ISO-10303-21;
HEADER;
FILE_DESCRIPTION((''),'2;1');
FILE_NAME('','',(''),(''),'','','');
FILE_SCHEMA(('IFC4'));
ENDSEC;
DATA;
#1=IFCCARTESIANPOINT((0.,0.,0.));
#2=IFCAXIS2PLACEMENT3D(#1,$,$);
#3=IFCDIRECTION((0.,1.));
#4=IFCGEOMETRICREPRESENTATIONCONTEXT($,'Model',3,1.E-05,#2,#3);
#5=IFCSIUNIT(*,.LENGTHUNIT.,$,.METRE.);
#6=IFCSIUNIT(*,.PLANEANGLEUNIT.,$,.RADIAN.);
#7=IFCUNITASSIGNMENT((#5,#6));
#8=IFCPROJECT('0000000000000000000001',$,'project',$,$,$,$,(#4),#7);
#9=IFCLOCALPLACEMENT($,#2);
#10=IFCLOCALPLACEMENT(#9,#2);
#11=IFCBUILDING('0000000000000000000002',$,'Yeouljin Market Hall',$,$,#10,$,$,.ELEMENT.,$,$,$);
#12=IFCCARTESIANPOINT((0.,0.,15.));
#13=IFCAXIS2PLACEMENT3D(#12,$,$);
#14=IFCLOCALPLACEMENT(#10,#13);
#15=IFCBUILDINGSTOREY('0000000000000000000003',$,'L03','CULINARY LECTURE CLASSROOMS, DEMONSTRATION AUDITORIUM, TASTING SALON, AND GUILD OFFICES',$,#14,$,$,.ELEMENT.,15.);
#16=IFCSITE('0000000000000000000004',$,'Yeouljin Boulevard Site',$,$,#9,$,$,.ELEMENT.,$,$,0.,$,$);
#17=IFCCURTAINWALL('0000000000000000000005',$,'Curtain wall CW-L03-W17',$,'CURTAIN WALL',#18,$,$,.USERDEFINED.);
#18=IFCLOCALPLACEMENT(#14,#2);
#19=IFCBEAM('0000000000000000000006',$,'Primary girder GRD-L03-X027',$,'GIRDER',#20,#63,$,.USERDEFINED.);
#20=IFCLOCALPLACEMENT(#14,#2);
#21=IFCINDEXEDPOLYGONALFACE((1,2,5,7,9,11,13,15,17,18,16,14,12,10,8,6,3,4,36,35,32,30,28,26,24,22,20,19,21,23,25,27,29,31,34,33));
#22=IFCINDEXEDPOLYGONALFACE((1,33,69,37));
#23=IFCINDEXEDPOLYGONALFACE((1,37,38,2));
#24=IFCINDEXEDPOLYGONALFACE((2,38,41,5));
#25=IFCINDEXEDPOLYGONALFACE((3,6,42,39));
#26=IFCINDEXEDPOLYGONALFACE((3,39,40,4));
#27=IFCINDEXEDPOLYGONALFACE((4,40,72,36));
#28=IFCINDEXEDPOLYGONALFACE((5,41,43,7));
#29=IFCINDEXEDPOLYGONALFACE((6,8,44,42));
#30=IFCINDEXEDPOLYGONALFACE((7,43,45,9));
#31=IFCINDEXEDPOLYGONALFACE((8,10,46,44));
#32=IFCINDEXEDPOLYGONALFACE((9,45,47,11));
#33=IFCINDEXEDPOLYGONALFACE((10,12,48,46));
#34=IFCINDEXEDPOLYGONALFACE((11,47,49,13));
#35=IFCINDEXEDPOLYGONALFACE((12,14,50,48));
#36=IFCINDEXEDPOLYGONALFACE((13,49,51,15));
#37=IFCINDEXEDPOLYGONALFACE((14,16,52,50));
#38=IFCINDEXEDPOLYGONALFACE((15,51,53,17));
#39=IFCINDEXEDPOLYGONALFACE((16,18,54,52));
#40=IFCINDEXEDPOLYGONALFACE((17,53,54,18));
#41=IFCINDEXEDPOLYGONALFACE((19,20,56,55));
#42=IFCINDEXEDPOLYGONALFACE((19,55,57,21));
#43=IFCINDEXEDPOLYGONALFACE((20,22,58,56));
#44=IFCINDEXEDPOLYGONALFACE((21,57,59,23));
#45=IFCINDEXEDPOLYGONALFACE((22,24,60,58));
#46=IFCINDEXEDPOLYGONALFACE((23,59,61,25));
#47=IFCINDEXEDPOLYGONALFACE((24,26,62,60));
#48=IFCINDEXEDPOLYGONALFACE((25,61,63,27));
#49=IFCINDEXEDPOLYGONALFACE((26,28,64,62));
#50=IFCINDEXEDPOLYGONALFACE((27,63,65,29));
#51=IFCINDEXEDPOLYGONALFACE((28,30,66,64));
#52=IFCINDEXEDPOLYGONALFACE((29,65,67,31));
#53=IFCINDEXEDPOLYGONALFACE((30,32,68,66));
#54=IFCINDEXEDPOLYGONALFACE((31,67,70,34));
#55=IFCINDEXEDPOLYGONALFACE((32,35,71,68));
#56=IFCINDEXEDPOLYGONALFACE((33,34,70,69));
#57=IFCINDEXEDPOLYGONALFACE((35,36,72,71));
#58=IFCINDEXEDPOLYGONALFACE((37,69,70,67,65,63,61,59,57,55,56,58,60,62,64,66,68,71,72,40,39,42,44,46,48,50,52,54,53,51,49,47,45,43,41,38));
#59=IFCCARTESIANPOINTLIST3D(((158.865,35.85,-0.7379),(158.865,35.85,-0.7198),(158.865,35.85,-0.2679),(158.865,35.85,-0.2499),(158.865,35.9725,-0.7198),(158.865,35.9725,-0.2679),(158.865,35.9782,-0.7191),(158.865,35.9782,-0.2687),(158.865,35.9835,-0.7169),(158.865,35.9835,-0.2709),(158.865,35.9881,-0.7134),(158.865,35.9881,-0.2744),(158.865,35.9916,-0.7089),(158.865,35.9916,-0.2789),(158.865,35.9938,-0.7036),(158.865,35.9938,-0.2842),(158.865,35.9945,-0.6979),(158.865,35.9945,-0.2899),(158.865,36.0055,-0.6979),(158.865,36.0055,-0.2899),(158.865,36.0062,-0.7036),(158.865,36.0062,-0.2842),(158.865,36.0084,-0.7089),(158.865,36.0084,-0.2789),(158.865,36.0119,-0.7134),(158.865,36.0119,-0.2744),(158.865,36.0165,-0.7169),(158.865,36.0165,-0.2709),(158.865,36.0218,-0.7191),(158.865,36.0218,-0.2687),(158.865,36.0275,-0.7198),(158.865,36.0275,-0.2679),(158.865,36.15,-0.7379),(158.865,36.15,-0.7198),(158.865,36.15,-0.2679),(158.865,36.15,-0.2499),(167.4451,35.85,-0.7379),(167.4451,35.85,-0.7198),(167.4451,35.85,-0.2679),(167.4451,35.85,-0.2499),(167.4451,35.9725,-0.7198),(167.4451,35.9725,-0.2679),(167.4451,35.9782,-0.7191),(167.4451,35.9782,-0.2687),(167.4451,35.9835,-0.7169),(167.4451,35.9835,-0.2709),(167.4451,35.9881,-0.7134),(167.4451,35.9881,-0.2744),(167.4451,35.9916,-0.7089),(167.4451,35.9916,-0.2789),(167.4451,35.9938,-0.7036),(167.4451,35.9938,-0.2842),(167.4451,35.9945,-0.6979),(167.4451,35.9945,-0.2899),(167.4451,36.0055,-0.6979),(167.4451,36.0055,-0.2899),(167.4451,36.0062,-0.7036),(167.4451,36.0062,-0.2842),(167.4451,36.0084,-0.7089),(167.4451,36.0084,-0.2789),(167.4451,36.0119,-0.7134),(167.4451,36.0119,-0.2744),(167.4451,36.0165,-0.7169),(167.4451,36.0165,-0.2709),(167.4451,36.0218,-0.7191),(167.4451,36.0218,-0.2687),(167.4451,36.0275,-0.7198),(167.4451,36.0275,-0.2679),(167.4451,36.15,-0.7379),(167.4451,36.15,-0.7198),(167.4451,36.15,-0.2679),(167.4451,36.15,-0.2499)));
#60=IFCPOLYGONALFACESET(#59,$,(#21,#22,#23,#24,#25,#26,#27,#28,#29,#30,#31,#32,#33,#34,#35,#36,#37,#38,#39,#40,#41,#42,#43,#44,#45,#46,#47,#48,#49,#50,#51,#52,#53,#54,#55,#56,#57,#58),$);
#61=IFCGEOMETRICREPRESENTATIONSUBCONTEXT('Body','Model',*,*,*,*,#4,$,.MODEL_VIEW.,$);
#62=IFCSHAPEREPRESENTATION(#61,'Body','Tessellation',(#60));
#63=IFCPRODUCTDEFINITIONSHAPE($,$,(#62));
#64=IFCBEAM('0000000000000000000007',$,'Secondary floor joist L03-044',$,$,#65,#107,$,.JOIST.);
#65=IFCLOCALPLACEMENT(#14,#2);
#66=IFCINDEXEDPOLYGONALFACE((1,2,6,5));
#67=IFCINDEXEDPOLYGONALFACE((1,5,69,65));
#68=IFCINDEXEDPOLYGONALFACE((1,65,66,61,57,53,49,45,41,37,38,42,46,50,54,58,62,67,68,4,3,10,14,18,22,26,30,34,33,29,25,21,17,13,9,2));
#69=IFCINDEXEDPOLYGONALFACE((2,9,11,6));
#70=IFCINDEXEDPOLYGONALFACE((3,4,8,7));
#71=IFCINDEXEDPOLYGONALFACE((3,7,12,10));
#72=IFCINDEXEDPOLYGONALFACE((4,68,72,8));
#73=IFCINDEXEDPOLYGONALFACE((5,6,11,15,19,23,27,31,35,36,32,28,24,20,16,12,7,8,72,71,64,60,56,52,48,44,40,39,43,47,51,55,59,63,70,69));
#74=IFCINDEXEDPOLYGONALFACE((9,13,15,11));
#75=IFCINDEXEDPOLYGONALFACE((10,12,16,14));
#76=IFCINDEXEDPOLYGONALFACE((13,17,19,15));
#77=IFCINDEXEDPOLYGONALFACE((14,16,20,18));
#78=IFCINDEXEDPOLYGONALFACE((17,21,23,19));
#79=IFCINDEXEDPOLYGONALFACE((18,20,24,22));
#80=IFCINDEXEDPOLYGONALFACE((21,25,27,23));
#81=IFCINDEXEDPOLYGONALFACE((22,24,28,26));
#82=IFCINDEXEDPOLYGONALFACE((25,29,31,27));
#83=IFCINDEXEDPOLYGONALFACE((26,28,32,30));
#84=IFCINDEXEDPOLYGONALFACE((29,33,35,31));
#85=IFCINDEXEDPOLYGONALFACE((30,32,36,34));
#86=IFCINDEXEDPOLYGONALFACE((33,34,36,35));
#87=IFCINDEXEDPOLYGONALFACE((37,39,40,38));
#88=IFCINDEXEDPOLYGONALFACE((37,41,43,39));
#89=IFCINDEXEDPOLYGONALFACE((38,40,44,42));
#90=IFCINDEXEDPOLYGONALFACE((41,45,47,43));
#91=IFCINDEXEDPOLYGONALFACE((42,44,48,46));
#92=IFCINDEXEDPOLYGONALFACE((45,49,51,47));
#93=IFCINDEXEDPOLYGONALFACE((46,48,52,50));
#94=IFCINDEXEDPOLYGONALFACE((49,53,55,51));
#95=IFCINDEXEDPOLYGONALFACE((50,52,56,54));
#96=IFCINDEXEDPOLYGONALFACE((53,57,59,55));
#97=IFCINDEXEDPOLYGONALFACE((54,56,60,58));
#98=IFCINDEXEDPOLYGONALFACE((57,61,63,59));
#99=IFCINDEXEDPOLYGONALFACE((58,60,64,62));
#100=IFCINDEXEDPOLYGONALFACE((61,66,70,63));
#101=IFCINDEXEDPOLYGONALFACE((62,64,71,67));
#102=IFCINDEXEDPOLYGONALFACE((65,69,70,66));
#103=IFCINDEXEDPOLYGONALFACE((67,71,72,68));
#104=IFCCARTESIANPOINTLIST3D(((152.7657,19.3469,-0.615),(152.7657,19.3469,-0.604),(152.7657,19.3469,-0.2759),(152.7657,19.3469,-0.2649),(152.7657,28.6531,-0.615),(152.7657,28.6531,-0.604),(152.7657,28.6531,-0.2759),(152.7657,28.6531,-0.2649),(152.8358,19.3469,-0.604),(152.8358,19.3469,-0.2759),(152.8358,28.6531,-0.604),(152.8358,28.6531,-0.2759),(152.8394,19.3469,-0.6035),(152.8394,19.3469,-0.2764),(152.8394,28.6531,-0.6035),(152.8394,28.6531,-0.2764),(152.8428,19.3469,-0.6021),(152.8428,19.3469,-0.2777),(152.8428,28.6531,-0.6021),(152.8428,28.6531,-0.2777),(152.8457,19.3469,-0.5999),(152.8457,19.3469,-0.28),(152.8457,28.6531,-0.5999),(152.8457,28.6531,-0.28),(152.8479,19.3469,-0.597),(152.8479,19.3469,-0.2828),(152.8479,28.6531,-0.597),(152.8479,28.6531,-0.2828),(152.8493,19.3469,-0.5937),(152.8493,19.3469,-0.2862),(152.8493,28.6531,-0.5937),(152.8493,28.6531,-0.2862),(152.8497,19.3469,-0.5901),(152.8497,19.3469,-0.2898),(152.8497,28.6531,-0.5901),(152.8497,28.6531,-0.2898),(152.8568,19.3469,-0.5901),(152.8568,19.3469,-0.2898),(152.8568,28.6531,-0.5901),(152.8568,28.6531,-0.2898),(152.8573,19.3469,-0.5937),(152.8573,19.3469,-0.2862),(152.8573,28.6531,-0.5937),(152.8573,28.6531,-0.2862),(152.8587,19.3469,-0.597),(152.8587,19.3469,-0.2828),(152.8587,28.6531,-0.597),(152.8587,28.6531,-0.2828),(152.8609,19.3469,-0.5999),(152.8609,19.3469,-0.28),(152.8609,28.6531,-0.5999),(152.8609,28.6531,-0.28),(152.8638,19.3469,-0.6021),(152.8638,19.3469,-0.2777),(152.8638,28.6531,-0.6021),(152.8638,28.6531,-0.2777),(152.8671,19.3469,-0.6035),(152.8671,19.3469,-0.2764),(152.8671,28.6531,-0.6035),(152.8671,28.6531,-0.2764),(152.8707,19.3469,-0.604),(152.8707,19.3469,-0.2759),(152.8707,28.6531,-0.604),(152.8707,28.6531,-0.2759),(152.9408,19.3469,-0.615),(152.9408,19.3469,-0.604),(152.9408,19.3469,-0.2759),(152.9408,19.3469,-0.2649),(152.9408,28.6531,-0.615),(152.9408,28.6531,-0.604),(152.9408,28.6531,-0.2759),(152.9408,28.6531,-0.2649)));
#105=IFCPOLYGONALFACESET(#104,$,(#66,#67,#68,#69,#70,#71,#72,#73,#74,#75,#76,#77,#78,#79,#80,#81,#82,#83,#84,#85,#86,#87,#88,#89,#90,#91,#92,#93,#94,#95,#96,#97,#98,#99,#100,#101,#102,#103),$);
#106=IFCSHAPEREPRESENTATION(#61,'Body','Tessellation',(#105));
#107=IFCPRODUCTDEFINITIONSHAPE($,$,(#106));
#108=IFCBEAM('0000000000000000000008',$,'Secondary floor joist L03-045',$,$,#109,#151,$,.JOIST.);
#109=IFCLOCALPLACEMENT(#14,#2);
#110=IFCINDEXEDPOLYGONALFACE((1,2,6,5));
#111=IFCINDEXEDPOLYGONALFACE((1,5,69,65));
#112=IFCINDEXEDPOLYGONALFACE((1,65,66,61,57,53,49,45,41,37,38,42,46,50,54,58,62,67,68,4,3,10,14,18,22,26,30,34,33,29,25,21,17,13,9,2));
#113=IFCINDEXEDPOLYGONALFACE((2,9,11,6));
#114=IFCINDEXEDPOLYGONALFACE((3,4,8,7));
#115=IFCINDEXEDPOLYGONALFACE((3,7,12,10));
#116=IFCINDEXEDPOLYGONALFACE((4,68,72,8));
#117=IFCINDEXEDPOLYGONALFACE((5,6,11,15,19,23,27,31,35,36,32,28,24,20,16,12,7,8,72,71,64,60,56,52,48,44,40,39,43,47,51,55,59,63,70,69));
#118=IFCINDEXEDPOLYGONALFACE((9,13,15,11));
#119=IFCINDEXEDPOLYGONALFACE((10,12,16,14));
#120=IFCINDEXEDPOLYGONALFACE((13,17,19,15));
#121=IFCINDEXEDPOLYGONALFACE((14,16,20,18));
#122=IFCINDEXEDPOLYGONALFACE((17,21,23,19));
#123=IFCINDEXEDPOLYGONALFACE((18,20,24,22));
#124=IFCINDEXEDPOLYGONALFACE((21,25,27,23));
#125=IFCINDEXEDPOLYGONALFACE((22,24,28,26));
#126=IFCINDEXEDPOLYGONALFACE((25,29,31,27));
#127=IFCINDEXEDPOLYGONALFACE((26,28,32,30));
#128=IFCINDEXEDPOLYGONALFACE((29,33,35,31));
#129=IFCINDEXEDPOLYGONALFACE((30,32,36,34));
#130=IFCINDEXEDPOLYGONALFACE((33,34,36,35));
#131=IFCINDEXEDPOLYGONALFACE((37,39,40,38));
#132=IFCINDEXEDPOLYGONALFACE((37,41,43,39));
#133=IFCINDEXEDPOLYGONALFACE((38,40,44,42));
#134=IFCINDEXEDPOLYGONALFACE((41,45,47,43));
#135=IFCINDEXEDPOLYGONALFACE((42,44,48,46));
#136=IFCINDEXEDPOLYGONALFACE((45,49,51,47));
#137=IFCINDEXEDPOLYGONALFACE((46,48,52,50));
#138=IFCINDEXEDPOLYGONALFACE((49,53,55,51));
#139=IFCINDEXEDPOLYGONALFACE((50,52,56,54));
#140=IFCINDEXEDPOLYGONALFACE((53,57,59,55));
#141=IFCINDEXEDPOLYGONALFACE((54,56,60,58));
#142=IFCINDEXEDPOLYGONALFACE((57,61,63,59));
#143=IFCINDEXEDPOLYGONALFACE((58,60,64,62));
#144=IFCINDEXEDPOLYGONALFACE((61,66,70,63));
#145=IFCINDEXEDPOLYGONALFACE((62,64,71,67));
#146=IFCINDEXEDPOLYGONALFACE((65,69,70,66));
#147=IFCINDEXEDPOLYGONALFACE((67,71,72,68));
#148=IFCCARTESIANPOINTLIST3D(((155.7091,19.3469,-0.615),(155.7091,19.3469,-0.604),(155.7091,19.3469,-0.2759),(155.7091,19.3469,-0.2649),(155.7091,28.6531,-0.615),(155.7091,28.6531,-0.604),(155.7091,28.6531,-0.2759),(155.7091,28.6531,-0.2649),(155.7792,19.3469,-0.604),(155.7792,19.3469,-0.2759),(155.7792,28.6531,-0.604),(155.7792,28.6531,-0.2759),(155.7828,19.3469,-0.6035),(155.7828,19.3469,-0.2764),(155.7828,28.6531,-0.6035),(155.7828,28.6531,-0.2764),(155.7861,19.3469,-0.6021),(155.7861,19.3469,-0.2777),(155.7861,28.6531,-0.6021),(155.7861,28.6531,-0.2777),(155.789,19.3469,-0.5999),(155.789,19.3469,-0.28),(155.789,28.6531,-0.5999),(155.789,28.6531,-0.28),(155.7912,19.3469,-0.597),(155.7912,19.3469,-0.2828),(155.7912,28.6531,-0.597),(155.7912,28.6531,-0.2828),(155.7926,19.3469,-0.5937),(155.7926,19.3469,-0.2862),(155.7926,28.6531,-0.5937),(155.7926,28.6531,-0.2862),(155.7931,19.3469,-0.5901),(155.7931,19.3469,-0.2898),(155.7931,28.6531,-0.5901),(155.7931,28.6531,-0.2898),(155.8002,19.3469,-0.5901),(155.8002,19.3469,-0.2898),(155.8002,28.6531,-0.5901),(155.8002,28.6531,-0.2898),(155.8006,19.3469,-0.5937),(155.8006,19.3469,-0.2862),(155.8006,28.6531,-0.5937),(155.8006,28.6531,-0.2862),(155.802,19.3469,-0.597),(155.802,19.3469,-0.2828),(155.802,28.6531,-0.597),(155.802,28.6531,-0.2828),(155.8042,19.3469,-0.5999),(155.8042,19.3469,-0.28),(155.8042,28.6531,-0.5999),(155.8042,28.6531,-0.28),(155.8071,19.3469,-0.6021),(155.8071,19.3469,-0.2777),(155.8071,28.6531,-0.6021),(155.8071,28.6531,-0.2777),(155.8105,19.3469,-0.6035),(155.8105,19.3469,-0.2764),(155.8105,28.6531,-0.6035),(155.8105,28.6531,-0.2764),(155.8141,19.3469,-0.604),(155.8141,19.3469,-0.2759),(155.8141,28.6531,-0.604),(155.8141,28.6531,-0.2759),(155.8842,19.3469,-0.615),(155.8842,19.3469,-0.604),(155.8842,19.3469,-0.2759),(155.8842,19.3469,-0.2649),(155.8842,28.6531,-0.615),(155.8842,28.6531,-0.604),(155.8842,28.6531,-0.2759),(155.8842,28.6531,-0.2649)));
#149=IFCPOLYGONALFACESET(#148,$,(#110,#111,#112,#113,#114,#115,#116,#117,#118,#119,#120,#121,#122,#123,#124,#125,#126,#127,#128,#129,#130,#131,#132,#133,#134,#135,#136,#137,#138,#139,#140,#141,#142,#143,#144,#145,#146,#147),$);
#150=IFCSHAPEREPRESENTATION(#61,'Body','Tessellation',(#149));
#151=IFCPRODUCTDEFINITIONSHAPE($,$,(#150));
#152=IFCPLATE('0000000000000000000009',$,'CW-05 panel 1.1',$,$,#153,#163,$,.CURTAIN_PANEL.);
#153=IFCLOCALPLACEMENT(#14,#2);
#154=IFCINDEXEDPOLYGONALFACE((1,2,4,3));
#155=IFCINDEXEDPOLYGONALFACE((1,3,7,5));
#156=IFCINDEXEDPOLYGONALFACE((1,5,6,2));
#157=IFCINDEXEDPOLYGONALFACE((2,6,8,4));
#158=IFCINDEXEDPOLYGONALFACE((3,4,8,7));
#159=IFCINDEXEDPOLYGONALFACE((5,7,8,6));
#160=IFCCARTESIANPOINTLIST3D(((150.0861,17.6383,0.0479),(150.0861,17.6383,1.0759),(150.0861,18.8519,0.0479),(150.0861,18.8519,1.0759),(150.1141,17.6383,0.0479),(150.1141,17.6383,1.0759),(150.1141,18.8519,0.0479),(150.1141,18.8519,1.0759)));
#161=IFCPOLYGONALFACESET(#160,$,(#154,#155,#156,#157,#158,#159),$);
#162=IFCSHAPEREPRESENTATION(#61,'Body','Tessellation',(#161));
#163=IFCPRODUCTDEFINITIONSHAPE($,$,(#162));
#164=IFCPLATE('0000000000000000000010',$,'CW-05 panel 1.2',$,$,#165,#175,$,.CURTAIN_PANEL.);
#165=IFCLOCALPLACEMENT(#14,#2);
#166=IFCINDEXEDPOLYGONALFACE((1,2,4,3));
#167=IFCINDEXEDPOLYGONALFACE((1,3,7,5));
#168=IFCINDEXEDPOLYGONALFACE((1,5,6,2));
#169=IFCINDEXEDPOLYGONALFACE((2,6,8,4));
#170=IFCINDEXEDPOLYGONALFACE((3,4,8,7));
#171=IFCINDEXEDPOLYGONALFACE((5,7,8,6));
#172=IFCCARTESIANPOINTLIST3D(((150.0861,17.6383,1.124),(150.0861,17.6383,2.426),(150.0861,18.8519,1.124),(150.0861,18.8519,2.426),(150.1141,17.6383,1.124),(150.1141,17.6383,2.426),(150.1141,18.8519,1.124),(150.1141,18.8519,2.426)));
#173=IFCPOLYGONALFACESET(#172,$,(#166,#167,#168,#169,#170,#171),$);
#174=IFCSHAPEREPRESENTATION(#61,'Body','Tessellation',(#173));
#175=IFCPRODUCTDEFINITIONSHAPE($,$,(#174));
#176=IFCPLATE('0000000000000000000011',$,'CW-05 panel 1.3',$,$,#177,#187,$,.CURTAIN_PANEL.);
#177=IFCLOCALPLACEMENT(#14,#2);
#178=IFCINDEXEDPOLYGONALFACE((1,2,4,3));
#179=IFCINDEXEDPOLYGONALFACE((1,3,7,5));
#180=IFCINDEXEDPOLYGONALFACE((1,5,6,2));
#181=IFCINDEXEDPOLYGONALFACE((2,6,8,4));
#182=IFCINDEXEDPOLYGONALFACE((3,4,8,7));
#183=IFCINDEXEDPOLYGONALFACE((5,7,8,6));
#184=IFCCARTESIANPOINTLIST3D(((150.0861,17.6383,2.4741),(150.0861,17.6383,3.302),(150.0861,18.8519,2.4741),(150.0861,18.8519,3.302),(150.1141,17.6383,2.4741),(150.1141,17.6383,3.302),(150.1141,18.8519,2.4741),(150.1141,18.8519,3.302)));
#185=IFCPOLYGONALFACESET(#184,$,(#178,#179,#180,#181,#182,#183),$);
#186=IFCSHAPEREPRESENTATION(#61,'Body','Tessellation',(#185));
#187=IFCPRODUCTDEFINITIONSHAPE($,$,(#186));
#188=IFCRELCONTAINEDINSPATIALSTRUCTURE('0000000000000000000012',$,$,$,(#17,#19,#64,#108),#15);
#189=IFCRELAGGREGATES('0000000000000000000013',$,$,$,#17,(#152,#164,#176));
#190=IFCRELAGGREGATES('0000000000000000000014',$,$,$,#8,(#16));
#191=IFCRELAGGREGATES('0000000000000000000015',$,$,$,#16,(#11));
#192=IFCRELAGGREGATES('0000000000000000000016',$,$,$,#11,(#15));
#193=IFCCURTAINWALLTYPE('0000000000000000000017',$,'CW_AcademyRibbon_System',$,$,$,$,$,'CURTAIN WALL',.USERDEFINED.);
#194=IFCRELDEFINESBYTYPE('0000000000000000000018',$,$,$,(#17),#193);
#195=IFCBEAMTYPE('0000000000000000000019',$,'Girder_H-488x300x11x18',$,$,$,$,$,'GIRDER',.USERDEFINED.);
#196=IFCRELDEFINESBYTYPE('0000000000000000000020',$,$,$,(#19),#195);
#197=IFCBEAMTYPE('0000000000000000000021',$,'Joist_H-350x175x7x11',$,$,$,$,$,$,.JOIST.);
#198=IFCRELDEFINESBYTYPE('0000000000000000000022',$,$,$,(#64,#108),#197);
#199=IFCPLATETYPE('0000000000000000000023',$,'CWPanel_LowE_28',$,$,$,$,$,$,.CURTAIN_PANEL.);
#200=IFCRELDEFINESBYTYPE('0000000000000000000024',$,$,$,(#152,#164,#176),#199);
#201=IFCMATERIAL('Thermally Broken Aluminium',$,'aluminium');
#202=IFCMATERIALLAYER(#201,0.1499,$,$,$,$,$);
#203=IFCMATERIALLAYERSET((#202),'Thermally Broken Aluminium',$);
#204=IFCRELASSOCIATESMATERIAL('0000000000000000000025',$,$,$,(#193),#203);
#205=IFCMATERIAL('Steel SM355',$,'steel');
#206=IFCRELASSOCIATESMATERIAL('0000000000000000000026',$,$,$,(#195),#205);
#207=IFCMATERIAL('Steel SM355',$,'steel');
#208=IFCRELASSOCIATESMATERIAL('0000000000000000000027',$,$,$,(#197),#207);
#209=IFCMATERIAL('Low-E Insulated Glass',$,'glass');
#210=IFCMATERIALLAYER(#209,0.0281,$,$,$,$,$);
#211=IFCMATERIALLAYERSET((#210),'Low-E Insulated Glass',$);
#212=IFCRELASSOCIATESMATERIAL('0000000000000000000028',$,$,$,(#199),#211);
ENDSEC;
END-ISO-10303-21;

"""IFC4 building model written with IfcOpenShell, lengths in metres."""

from ifc_helpers import new_model, si_unit, direction, frame, origin, origin_2d, place, context, subcontext, project, spatial, rectangle, i_section, extrude, material, layer, layer_set, material_profile, profile_set, type_object, element, aggregate, save


model = new_model("IFC4")

# Units and contexts
model_context = context("Model", 3, precision=1e-05, world=origin(), true_north=direction((0.0, 1.0)))
body_context = subcontext(model_context, "Body", "Model", "MODEL_VIEW")
ifc_project = project(units=[si_unit("LENGTHUNIT", "METRE"), si_unit("PLANEANGLEUNIT", "RADIAN")], contexts=[model_context])

# Site, building, storey
site_placement = place(None, origin())
site = spatial("IfcSite", under=ifc_project, at=site_placement, Name="Yeouljin Boulevard Site", CompositionType="ELEMENT", RefElevation=0.0)
building_placement = place(site_placement, origin())
building = spatial("IfcBuilding", under=site, at=building_placement, Name="Yeouljin Market Hall", CompositionType="ELEMENT")
storey_placement = place(building_placement, frame((0.0, 0.0, 15.0)))
storey = spatial("IfcBuildingStorey", under=building, at=storey_placement, Name="L03", Description="CULINARY LECTURE CLASSROOMS, DEMONSTRATION AUDITORIUM, TASTING SALON, AND GUILD OFFICES", CompositionType="ELEMENT", Elevation=15.0)

# Curtain wall
ifc_material_1 = material(Name="Thermally Broken Aluminium", Category="aluminium")
ifc_layer_1 = layer(ifc_material_1, 0.1499)
ifc_layer_set_1 = layer_set([ifc_layer_1], Name="Thermally Broken Aluminium")
curtain_wall_type = type_object("IfcCurtainWallType", Name="CW_AcademyRibbon_System", ElementType="CURTAIN WALL", PredefinedType="USERDEFINED", material=ifc_layer_set_1)
curtain_wall_placement = place(storey_placement, origin())
curtain_wall = element("IfcCurtainWall", 1, at=curtain_wall_placement, inside=storey, type_object=curtain_wall_type, Name="Curtain wall CW-L03-W17", ObjectType="CURTAIN WALL", PredefinedType="USERDEFINED")

# Beams
ifc_material_2 = material(Name="Steel SM355", Category="steel")
ifc_material_profile_1 = material_profile(ifc_material_2, i_section(OverallWidth=0.3, OverallDepth=0.488, WebThickness=0.011, FlangeThickness=0.0181, FilletRadius=0.022, at=origin_2d()), Name="H-488x300x11x18")
ifc_profile_set_1 = profile_set([ifc_material_profile_1], Name="Steel SM355")
beam_type_1 = type_object("IfcBeamType", Name="Girder_H-488x300x11x18", ElementType="GIRDER", PredefinedType="USERDEFINED", material=ifc_profile_set_1)
for number, where, z_axis, x_axis, name in (
    (2, (158.865, 36.0, -0.4939), (1.0, 0.0, 0.0), (0.0, 1.0, 0.0), "Primary girder GRD-L03-X027"),
):
    element("IfcBeam", number, at=place(storey_placement, frame(where, z_axis=z_axis, x_axis=x_axis)), inside=storey, type_object=beam_type_1, Name=name, ObjectType="GIRDER", PredefinedType="USERDEFINED", context=body_context, shape_type="SweptSolid", body=[
        extrude(i_section(OverallWidth=0.3, OverallDepth=0.488, WebThickness=0.011, FlangeThickness=0.0181, FilletRadius=0.022, at=origin_2d()), origin(), (0.0, 0.0, 1.0), 8.5801),
    ])
ifc_material_3 = material(Name="Steel SM355", Category="steel")
ifc_material_profile_2 = material_profile(ifc_material_3, i_section(OverallWidth=0.175, OverallDepth=0.3501, WebThickness=0.0071, FlangeThickness=0.011, FilletRadius=0.0139, at=origin_2d()), Name="H-350x175x7x11")
ifc_profile_set_2 = profile_set([ifc_material_profile_2], Name="Steel SM355")
beam_type_2 = type_object("IfcBeamType", Name="Joist_H-350x175x7x11", PredefinedType="JOIST", material=ifc_profile_set_2)
for number, where, z_axis, x_axis, name in (
    (3, (152.8533, 19.3469, -0.4399), (0.0, 1.0, 0.0), (-1.0, 0.0, 0.0), "Secondary floor joist L03-044"),
    (4, (155.7966, 19.3469, -0.4399), (0.0, 1.0, 0.0), (-1.0, 0.0, 0.0), "Secondary floor joist L03-045"),
):
    element("IfcBeam", number, at=place(storey_placement, frame(where, z_axis=z_axis, x_axis=x_axis)), inside=storey, type_object=beam_type_2, Name=name, PredefinedType="JOIST", context=body_context, shape_type="SweptSolid", body=[
        extrude(i_section(OverallWidth=0.175, OverallDepth=0.3501, WebThickness=0.0071, FlangeThickness=0.011, FilletRadius=0.0139, at=origin_2d()), origin(), (0.0, 0.0, 1.0), 9.3062),
    ])

# Plates
ifc_material_4 = material(Name="Low-E Insulated Glass", Category="glass")
ifc_layer_2 = layer(ifc_material_4, 0.0281)
ifc_layer_set_2 = layer_set([ifc_layer_2], Name="Low-E Insulated Glass")
plate_type = type_object("IfcPlateType", Name="CWPanel_LowE_28", PredefinedType="CURTAIN_PANEL", material=ifc_layer_set_2)
plate_1_placement = place(storey_placement, frame((150.1001, 18.2451, 0.0479), z_axis=(0.0, 0.0, 1.0), x_axis=(0.0, -1.0, 0.0)))
plate_1 = element("IfcPlate", 5, at=plate_1_placement, type_object=plate_type, Name="CW-05 panel 1.1", PredefinedType="CURTAIN_PANEL", context=body_context, shape_type="SweptSolid", body=[
    extrude(rectangle(XDim=1.2136, YDim=0.0281, at=origin_2d()), origin(), (0.0, 0.0, 1.0), 1.0281),
])
plate_2_placement = place(storey_placement, frame((150.1001, 18.2451, 1.124), z_axis=(0.0, 0.0, 1.0), x_axis=(0.0, -1.0, 0.0)))
plate_2 = element("IfcPlate", 6, at=plate_2_placement, type_object=plate_type, Name="CW-05 panel 1.2", PredefinedType="CURTAIN_PANEL", context=body_context, shape_type="SweptSolid", body=[
    extrude(rectangle(XDim=1.2136, YDim=0.0281, at=origin_2d()), origin(), (0.0, 0.0, 1.0), 1.302),
])
plate_3_placement = place(storey_placement, frame((150.1001, 18.2451, 2.4741), z_axis=(0.0, 0.0, 1.0), x_axis=(0.0, -1.0, 0.0)))
plate_3 = element("IfcPlate", 7, at=plate_3_placement, type_object=plate_type, Name="CW-05 panel 1.3", PredefinedType="CURTAIN_PANEL", context=body_context, shape_type="SweptSolid", body=[
    extrude(rectangle(XDim=1.2136, YDim=0.0281, at=origin_2d()), origin(), (0.0, 0.0, 1.0), 0.8279),
])
aggregate(curtain_wall, [plate_1, plate_2, plate_3])

save(model, "model.ifc")
